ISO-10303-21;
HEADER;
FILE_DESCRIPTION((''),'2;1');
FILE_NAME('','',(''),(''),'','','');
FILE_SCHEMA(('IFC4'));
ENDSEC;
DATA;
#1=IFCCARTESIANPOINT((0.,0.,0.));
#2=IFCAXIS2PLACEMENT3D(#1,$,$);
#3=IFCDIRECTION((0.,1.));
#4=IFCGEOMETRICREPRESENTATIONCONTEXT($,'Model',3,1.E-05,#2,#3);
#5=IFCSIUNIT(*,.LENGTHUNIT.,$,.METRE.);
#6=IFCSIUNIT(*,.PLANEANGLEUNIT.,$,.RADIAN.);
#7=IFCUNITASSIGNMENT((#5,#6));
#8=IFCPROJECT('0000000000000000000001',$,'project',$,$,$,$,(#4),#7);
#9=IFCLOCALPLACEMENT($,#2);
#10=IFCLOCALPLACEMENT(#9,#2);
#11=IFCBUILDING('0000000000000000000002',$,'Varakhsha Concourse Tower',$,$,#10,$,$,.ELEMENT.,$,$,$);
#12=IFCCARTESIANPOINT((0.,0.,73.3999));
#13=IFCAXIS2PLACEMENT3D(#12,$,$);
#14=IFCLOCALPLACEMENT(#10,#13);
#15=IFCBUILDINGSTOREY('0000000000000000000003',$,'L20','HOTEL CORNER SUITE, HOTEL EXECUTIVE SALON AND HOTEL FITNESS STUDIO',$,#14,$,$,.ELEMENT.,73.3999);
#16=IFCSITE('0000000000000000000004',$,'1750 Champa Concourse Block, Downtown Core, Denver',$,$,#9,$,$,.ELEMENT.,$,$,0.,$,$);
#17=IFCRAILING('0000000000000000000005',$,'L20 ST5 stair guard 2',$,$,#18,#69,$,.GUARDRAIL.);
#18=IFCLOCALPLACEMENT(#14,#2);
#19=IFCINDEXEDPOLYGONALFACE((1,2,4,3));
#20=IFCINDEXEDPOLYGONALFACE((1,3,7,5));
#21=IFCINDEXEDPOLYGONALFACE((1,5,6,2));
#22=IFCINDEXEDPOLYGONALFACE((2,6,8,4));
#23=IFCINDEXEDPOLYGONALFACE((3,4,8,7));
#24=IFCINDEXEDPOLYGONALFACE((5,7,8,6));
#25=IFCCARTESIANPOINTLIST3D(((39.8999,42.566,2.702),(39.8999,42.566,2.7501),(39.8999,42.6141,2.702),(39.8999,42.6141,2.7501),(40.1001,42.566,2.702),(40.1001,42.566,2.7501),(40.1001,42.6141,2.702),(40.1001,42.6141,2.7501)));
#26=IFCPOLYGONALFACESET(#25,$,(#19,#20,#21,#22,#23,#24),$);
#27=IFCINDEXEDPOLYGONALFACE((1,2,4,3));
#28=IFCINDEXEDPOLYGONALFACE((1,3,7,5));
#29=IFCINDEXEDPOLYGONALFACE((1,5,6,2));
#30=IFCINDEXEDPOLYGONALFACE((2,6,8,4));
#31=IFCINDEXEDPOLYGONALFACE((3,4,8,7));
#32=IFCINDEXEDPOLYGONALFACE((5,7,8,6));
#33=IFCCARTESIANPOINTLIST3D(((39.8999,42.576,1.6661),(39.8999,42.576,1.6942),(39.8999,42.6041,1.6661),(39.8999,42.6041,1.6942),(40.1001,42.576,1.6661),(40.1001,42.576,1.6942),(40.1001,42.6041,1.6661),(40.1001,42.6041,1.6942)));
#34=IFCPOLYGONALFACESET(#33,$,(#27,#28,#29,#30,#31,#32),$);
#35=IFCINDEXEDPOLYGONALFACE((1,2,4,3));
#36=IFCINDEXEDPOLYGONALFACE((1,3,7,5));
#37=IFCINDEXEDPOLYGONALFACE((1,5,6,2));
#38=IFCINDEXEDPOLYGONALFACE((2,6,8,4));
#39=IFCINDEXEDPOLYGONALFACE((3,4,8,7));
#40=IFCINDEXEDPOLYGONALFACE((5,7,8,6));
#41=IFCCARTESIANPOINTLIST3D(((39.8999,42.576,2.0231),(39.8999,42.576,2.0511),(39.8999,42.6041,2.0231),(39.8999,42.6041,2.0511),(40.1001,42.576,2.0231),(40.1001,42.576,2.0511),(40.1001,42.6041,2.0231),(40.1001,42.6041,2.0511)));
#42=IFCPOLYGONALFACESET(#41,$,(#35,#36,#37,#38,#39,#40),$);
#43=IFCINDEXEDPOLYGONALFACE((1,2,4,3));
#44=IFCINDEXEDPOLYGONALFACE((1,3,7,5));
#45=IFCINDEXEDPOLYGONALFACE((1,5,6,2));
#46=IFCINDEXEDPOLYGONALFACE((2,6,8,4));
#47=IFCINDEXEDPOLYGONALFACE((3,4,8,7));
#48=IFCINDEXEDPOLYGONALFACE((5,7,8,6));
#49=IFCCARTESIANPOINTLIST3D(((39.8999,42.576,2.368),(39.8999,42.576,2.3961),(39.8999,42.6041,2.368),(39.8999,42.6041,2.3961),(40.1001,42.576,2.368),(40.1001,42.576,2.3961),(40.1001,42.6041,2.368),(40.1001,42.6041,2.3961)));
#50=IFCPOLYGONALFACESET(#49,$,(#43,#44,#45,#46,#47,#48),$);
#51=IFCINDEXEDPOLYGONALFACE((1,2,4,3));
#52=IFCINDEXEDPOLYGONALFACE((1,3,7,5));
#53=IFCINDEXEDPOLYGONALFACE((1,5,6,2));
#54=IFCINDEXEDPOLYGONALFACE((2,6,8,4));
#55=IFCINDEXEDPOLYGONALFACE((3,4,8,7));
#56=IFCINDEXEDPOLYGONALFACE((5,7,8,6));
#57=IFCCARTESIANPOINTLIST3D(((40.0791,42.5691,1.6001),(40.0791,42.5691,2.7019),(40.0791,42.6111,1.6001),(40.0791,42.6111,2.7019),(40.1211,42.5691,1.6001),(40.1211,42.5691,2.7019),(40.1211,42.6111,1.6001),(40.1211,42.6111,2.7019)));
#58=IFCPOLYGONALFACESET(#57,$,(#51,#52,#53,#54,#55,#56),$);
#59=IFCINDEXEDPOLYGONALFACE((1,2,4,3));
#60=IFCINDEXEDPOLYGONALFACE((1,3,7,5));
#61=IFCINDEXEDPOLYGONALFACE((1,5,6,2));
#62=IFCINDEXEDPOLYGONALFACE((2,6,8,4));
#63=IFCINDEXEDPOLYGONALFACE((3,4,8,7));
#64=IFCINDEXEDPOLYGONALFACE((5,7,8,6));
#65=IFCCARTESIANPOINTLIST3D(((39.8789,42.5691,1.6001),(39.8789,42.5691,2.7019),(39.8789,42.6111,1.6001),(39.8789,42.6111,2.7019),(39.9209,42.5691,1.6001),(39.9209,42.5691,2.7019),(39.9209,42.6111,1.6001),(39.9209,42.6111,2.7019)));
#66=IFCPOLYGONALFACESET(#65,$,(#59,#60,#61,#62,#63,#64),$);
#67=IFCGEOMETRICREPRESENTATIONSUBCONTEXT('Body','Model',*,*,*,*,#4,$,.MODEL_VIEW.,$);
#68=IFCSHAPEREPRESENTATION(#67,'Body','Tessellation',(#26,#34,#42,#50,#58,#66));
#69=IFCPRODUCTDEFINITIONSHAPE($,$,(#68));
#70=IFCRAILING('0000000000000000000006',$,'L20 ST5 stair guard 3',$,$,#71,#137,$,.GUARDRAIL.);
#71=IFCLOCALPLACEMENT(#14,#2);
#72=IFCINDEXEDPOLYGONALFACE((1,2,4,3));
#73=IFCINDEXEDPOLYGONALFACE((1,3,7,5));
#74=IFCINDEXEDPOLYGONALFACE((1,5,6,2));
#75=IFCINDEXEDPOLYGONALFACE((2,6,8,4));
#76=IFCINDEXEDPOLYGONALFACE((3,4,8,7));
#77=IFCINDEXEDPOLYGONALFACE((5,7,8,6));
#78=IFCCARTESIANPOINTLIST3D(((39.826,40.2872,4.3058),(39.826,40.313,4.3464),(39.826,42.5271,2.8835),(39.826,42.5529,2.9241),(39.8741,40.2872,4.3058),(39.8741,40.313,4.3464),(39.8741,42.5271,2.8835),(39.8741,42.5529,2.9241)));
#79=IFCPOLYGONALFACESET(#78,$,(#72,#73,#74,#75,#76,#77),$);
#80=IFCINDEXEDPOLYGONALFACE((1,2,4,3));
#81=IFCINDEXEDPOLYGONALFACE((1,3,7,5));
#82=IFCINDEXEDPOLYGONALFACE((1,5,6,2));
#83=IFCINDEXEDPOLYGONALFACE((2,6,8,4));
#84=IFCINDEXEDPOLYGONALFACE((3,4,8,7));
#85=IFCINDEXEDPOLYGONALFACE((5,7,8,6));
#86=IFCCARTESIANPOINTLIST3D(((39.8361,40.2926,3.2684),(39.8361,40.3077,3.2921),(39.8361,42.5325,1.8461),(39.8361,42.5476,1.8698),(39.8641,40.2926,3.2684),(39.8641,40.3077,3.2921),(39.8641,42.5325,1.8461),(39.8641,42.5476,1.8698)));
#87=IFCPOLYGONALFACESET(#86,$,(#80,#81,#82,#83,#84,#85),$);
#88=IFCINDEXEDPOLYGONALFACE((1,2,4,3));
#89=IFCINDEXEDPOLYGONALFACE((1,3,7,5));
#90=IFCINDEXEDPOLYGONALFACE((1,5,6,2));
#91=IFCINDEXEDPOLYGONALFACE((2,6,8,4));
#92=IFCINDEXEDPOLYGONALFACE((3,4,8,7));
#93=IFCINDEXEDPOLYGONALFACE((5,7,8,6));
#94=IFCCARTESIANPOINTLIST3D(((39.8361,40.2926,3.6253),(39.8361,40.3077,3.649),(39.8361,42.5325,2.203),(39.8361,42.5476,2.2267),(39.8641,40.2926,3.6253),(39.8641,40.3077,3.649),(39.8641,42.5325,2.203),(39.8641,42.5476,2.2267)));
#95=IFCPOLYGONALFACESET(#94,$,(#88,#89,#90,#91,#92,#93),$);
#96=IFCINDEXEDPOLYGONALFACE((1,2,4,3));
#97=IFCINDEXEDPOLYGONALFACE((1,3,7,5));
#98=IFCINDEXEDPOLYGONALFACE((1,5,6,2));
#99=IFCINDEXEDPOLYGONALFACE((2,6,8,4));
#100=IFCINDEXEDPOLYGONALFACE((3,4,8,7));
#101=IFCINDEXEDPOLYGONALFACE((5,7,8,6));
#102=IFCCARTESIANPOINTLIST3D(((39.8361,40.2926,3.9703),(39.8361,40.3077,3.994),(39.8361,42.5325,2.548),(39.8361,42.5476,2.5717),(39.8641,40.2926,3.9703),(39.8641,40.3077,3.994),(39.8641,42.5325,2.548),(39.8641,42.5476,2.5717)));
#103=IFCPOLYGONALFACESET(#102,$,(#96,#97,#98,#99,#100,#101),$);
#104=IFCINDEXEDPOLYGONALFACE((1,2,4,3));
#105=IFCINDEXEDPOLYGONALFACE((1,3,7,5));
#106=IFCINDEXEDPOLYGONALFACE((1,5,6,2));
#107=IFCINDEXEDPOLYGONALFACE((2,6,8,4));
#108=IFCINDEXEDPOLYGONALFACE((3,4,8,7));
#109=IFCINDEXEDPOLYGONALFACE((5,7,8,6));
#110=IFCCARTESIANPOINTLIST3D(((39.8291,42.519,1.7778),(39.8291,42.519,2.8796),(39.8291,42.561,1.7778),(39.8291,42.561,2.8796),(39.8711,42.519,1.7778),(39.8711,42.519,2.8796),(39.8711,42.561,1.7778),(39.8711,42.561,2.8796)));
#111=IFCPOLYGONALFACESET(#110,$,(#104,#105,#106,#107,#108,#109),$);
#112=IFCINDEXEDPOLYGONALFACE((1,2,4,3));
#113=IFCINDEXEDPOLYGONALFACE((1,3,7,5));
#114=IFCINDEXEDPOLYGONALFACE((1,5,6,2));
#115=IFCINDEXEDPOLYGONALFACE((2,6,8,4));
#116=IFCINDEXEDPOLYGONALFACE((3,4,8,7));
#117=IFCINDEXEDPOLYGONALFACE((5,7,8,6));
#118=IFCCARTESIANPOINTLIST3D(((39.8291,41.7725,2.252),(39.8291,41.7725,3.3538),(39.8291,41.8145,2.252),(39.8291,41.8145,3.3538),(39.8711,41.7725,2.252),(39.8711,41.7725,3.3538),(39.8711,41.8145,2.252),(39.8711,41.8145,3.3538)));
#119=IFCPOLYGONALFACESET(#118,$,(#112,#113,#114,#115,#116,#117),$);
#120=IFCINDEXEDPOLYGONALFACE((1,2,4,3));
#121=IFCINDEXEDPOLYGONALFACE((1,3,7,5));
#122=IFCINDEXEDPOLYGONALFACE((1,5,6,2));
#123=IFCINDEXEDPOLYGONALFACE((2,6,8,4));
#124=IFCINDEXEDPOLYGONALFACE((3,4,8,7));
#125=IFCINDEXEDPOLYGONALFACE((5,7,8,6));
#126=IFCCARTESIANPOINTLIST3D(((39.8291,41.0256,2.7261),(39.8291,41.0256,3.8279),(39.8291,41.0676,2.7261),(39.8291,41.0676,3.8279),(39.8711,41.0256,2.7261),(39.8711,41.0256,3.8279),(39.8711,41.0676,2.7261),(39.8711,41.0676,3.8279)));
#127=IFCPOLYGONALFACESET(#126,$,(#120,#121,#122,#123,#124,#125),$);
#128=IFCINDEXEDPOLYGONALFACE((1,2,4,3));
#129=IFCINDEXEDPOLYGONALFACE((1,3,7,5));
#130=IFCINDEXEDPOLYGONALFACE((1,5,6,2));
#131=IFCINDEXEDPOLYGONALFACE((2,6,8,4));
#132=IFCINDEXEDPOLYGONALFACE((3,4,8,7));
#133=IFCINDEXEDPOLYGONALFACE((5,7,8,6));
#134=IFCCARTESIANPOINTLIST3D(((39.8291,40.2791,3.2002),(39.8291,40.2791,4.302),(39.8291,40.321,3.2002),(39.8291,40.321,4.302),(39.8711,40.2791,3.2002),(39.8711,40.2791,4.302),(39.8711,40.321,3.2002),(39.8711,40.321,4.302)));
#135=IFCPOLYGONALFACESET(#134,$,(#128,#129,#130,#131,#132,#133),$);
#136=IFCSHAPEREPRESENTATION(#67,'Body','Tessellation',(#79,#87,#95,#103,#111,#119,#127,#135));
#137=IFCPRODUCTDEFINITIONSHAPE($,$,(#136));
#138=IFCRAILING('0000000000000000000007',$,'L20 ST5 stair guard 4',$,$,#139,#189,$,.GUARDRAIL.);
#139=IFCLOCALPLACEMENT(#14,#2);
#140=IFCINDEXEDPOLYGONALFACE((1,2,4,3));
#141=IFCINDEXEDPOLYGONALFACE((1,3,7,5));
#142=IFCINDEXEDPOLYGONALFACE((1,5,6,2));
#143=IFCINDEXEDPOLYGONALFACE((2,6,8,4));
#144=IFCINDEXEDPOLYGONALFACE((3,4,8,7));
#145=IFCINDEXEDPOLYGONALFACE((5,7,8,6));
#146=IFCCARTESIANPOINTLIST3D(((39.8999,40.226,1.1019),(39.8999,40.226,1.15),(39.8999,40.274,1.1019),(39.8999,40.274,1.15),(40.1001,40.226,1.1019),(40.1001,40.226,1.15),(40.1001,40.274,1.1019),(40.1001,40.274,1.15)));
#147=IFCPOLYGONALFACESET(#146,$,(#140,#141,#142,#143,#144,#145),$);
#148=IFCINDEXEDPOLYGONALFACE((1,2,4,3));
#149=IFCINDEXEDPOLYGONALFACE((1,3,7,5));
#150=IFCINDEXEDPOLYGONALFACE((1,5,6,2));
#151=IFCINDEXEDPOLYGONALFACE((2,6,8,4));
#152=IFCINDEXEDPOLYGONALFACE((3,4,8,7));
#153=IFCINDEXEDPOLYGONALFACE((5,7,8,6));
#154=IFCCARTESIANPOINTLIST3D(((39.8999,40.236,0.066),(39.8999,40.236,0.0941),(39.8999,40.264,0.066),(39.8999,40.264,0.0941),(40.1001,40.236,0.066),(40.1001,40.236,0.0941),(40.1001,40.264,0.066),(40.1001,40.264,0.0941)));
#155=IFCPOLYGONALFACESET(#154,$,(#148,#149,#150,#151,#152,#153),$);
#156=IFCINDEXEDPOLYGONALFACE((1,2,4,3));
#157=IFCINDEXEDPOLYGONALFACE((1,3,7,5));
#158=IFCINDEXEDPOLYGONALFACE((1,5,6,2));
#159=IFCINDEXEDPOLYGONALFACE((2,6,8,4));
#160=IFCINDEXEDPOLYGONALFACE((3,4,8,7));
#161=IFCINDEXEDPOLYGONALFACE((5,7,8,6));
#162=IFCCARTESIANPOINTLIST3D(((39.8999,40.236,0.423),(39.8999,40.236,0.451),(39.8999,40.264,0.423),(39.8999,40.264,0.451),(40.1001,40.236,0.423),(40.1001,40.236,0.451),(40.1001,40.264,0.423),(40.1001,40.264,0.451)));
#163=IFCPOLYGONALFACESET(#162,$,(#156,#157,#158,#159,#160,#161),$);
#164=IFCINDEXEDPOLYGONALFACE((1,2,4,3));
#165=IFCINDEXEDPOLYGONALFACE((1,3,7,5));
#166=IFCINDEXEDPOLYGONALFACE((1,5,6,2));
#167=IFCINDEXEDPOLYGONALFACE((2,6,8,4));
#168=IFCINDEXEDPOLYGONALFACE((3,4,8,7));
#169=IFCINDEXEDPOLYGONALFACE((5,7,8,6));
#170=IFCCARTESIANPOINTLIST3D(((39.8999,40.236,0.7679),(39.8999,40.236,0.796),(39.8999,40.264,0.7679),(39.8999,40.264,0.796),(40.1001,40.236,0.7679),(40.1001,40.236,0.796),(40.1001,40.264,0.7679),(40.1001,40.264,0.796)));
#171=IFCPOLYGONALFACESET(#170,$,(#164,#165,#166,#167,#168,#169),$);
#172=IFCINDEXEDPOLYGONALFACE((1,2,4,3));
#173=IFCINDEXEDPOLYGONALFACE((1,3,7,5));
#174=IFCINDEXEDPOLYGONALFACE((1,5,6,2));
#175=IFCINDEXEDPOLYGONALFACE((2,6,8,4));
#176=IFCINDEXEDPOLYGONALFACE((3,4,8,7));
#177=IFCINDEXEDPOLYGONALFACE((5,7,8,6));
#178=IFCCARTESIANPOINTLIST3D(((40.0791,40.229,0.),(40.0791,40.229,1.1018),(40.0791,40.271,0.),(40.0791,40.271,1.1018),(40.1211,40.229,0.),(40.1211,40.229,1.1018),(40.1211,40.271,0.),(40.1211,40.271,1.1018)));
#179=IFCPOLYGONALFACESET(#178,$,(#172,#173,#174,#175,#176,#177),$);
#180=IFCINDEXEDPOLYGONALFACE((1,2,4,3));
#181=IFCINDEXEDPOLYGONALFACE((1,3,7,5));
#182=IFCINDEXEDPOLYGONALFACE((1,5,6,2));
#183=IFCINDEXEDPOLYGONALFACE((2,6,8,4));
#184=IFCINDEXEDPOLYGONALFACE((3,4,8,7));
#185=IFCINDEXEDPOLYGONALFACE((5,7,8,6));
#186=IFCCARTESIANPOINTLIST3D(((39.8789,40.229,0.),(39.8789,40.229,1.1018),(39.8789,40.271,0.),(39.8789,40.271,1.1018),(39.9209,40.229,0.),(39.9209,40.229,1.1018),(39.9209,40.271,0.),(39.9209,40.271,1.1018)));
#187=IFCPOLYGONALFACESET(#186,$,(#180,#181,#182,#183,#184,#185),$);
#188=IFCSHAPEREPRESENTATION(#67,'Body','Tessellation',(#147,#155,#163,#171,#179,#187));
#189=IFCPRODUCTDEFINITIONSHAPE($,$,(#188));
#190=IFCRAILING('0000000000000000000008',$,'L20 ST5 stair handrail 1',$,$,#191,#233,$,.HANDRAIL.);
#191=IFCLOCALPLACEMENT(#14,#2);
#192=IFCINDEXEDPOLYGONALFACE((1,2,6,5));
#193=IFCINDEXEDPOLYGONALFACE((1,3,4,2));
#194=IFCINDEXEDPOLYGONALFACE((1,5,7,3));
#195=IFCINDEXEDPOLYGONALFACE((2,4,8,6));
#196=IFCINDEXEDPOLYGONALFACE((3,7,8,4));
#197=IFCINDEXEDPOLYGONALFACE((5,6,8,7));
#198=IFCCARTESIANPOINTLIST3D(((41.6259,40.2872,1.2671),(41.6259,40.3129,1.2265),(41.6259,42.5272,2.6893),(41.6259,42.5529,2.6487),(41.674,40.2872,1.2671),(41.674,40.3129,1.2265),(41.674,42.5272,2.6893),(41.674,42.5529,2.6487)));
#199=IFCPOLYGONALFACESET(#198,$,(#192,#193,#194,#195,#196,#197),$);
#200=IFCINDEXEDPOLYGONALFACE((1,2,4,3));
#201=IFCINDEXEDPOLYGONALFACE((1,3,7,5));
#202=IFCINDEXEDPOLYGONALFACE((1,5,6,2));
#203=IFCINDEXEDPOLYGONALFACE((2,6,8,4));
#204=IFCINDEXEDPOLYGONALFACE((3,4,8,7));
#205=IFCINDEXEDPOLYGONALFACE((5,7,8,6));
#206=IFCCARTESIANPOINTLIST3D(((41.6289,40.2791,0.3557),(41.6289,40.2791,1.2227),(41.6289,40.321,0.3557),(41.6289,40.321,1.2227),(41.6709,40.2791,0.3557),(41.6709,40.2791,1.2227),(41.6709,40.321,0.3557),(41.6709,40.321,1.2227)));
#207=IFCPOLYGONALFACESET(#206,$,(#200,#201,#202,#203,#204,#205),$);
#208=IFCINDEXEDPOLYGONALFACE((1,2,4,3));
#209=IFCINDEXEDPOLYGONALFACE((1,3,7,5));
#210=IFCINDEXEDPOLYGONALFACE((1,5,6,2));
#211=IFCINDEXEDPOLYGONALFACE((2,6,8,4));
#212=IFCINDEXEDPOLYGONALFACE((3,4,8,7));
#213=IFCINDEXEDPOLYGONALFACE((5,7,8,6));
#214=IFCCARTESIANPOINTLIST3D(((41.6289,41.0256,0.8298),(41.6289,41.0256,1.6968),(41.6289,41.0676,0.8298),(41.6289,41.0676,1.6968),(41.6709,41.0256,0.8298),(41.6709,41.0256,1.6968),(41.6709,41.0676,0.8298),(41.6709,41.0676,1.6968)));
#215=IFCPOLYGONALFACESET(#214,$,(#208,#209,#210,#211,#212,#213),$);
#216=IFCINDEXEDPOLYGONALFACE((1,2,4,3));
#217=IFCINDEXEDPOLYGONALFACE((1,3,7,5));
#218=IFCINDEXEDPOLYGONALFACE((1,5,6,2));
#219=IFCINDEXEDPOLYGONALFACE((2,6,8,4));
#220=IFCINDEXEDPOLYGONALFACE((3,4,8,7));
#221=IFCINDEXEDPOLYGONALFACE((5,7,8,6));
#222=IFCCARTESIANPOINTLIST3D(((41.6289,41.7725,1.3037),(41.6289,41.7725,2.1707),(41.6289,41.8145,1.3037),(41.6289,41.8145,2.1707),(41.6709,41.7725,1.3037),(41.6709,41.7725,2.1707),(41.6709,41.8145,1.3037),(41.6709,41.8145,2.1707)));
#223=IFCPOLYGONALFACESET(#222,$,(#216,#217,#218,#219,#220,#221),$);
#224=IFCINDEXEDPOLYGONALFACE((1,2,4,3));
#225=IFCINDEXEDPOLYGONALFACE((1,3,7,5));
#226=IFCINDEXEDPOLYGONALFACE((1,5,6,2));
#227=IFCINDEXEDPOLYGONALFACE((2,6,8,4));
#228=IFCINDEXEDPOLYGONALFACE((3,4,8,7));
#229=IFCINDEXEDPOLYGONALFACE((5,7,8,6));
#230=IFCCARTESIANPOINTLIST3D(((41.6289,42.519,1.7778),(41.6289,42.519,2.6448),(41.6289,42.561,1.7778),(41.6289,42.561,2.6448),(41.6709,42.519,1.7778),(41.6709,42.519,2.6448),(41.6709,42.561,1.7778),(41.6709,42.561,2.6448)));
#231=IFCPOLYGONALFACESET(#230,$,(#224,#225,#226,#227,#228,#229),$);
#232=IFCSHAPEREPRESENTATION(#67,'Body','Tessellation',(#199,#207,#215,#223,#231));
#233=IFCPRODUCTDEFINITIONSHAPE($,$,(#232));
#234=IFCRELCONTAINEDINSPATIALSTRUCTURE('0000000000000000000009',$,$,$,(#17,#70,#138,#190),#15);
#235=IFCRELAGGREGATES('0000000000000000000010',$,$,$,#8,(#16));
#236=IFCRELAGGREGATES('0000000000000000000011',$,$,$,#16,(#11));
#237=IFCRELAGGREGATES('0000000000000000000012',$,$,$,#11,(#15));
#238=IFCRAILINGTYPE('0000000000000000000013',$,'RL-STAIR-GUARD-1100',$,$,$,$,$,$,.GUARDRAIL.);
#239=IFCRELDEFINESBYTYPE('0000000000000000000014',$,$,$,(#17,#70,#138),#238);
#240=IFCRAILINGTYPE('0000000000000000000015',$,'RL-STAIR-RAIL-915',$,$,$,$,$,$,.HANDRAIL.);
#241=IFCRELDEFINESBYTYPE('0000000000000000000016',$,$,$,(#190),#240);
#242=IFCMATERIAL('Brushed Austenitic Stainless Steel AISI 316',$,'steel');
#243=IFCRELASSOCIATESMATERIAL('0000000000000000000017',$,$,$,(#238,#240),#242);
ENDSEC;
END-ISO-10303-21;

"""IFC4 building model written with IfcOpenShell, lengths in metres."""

from ifc_helpers import new_model, si_unit, direction, frame, origin, origin_2d, place, context, subcontext, project, spatial, rectangle, extrude, material, type_object, element, save


model = new_model("IFC4")

# Units and contexts
model_context = context("Model", 3, precision=1e-05, world=origin(), true_north=direction((0.0, 1.0)))
body_context = subcontext(model_context, "Body", "Model", "MODEL_VIEW")
ifc_project = project(units=[si_unit("LENGTHUNIT", "METRE"), si_unit("PLANEANGLEUNIT", "RADIAN")], contexts=[model_context])

# Site, building, storey
site_placement = place(None, origin())
site = spatial("IfcSite", under=ifc_project, at=site_placement, Name="1750 Champa Concourse Block, Downtown Core, Denver", CompositionType="ELEMENT", RefElevation=0.0)
building_placement = place(site_placement, origin())
building = spatial("IfcBuilding", under=site, at=building_placement, Name="Varakhsha Concourse Tower", CompositionType="ELEMENT")
storey_placement = place(building_placement, frame((0.0, 0.0, 73.3999)))
storey = spatial("IfcBuildingStorey", under=building, at=storey_placement, Name="L20", Description="HOTEL CORNER SUITE, HOTEL EXECUTIVE SALON AND HOTEL FITNESS STUDIO", CompositionType="ELEMENT", Elevation=73.3999)

# Railings
ifc_material_1 = material(Name="Brushed Austenitic Stainless Steel AISI 316", Category="steel")
railing_type_1 = type_object("IfcRailingType", Name="RL-STAIR-GUARD-1100", PredefinedType="GUARDRAIL", material=ifc_material_1)
railing_1_placement = place(storey_placement, frame((40.1001, 42.5901, 1.6001)))
element("IfcRailing", 1, at=railing_1_placement, inside=storey, type_object=railing_type_1, Name="L20 ST5 stair guard 2", PredefinedType="GUARDRAIL", context=body_context, shape_type="SweptSolid", body=[
    extrude(rectangle(XDim=0.0481, YDim=0.0481, at=origin_2d()), frame((0.0, 0.0, 1.126), z_axis=(-1.0, 0.0, 0.0), x_axis=(0.0, -1.0, 0.0)), (0.0, 0.0, 1.0), 0.2002),
    extrude(rectangle(XDim=0.0281, YDim=0.0281, at=origin_2d()), frame((0.0, 0.0, 0.0801), z_axis=(-1.0, 0.0, 0.0), x_axis=(0.0, -1.0, 0.0)), (0.0, 0.0, 1.0), 0.2002),
    extrude(rectangle(XDim=0.0281, YDim=0.0281, at=origin_2d()), frame((0.0, 0.0, 0.437), z_axis=(-1.0, 0.0, 0.0), x_axis=(0.0, -1.0, 0.0)), (0.0, 0.0, 1.0), 0.2002),
    extrude(rectangle(XDim=0.0281, YDim=0.0281, at=origin_2d()), frame((0.0, 0.0, 0.782), z_axis=(-1.0, 0.0, 0.0), x_axis=(0.0, -1.0, 0.0)), (0.0, 0.0, 1.0), 0.2002),
    extrude(rectangle(XDim=0.042, YDim=0.042, at=origin_2d()), origin(), (0.0, 0.0, 1.0), 1.1018),
    extrude(rectangle(XDim=0.042, YDim=0.042, at=origin_2d()), frame((-0.2002, 0.0, 0.0)), (0.0, 0.0, 1.0), 1.1018),
])
railing_2_placement = place(storey_placement, frame((39.8501, 42.54, 1.7778)))
element("IfcRailing", 2, at=railing_2_placement, inside=storey, type_object=railing_type_1, Name="L20 ST5 stair guard 3", PredefinedType="GUARDRAIL", context=body_context, shape_type="SweptSolid", body=[
    extrude(rectangle(XDim=0.0481, YDim=0.0481, at=origin_2d()), frame((0.0, 0.0, 1.126), z_axis=(0.0, -0.844188, 0.536048), x_axis=(1.0, 0.0, 0.0)), (0.0, 0.0, 1.0), 2.6533),
    extrude(rectangle(XDim=0.0281, YDim=0.0281, at=origin_2d()), frame((0.0, 0.0, 0.0801), z_axis=(0.0, -0.844188, 0.536048), x_axis=(1.0, 0.0, 0.0)), (0.0, 0.0, 1.0), 2.6533),
    extrude(rectangle(XDim=0.0281, YDim=0.0281, at=origin_2d()), frame((0.0, 0.0, 0.437), z_axis=(0.0, -0.844188, 0.536048), x_axis=(1.0, 0.0, 0.0)), (0.0, 0.0, 1.0), 2.6533),
    extrude(rectangle(XDim=0.0281, YDim=0.0281, at=origin_2d()), frame((0.0, 0.0, 0.782), z_axis=(0.0, -0.844188, 0.536048), x_axis=(1.0, 0.0, 0.0)), (0.0, 0.0, 1.0), 2.6533),
    extrude(rectangle(XDim=0.042, YDim=0.042, at=origin_2d()), origin(), (0.0, 0.0, 1.0), 1.1018),
    extrude(rectangle(XDim=0.042, YDim=0.042, at=origin_2d()), frame((0.0, -0.7466, 0.4741)), (0.0, 0.0, 1.0), 1.1018),
    extrude(rectangle(XDim=0.042, YDim=0.042, at=origin_2d()), frame((0.0, -1.4934, 0.9482)), (0.0, 0.0, 1.0), 1.1018),
    extrude(rectangle(XDim=0.042, YDim=0.042, at=origin_2d()), frame((0.0, -2.24, 1.4224)), (0.0, 0.0, 1.0), 1.1018),
])
railing_3_placement = place(storey_placement, frame((40.1001, 40.25, 0.0)))
element("IfcRailing", 3, at=railing_3_placement, inside=storey, type_object=railing_type_1, Name="L20 ST5 stair guard 4", PredefinedType="GUARDRAIL", context=body_context, shape_type="SweptSolid", body=[
    extrude(rectangle(XDim=0.0481, YDim=0.0481, at=origin_2d()), frame((0.0, 0.0, 1.126), z_axis=(-1.0, 0.0, 0.0), x_axis=(0.0, -1.0, 0.0)), (0.0, 0.0, 1.0), 0.2002),
    extrude(rectangle(XDim=0.0281, YDim=0.0281, at=origin_2d()), frame((0.0, 0.0, 0.0801), z_axis=(-1.0, 0.0, 0.0), x_axis=(0.0, -1.0, 0.0)), (0.0, 0.0, 1.0), 0.2002),
    extrude(rectangle(XDim=0.0281, YDim=0.0281, at=origin_2d()), frame((0.0, 0.0, 0.437), z_axis=(-1.0, 0.0, 0.0), x_axis=(0.0, -1.0, 0.0)), (0.0, 0.0, 1.0), 0.2002),
    extrude(rectangle(XDim=0.0281, YDim=0.0281, at=origin_2d()), frame((0.0, 0.0, 0.782), z_axis=(-1.0, 0.0, 0.0), x_axis=(0.0, -1.0, 0.0)), (0.0, 0.0, 1.0), 0.2002),
    extrude(rectangle(XDim=0.042, YDim=0.042, at=origin_2d()), origin(), (0.0, 0.0, 1.0), 1.1018),
    extrude(rectangle(XDim=0.042, YDim=0.042, at=origin_2d()), frame((-0.2002, 0.0, 0.0)), (0.0, 0.0, 1.0), 1.1018),
])
railing_type_2 = type_object("IfcRailingType", Name="RL-STAIR-RAIL-915", PredefinedType="HANDRAIL", material=ifc_material_1)
railing_4_placement = place(storey_placement, frame((41.6499, 40.3, 0.3557)))
element("IfcRailing", 4, at=railing_4_placement, inside=storey, type_object=railing_type_2, Name="L20 ST5 stair handrail 1", PredefinedType="HANDRAIL", context=body_context, shape_type="SweptSolid", body=[
    extrude(rectangle(XDim=0.0481, YDim=0.0481, at=origin_2d()), frame((0.0, 0.0, 0.8911), z_axis=(0.0, 0.844229, 0.535982), x_axis=(-1.0, 0.0, 0.0)), (0.0, 0.0, 1.0), 2.6533),
    extrude(rectangle(XDim=0.042, YDim=0.042, at=origin_2d()), origin(), (0.0, 0.0, 1.0), 0.8669),
    extrude(rectangle(XDim=0.042, YDim=0.042, at=origin_2d()), frame((0.0, 0.7466, 0.4741)), (0.0, 0.0, 1.0), 0.8669),
    extrude(rectangle(XDim=0.042, YDim=0.042, at=origin_2d()), frame((0.0, 1.4934, 0.948)), (0.0, 0.0, 1.0), 0.8669),
    extrude(rectangle(XDim=0.042, YDim=0.042, at=origin_2d()), frame((0.0, 2.24, 1.4221)), (0.0, 0.0, 1.0), 0.8669),
])

save(model, "model.ifc")
